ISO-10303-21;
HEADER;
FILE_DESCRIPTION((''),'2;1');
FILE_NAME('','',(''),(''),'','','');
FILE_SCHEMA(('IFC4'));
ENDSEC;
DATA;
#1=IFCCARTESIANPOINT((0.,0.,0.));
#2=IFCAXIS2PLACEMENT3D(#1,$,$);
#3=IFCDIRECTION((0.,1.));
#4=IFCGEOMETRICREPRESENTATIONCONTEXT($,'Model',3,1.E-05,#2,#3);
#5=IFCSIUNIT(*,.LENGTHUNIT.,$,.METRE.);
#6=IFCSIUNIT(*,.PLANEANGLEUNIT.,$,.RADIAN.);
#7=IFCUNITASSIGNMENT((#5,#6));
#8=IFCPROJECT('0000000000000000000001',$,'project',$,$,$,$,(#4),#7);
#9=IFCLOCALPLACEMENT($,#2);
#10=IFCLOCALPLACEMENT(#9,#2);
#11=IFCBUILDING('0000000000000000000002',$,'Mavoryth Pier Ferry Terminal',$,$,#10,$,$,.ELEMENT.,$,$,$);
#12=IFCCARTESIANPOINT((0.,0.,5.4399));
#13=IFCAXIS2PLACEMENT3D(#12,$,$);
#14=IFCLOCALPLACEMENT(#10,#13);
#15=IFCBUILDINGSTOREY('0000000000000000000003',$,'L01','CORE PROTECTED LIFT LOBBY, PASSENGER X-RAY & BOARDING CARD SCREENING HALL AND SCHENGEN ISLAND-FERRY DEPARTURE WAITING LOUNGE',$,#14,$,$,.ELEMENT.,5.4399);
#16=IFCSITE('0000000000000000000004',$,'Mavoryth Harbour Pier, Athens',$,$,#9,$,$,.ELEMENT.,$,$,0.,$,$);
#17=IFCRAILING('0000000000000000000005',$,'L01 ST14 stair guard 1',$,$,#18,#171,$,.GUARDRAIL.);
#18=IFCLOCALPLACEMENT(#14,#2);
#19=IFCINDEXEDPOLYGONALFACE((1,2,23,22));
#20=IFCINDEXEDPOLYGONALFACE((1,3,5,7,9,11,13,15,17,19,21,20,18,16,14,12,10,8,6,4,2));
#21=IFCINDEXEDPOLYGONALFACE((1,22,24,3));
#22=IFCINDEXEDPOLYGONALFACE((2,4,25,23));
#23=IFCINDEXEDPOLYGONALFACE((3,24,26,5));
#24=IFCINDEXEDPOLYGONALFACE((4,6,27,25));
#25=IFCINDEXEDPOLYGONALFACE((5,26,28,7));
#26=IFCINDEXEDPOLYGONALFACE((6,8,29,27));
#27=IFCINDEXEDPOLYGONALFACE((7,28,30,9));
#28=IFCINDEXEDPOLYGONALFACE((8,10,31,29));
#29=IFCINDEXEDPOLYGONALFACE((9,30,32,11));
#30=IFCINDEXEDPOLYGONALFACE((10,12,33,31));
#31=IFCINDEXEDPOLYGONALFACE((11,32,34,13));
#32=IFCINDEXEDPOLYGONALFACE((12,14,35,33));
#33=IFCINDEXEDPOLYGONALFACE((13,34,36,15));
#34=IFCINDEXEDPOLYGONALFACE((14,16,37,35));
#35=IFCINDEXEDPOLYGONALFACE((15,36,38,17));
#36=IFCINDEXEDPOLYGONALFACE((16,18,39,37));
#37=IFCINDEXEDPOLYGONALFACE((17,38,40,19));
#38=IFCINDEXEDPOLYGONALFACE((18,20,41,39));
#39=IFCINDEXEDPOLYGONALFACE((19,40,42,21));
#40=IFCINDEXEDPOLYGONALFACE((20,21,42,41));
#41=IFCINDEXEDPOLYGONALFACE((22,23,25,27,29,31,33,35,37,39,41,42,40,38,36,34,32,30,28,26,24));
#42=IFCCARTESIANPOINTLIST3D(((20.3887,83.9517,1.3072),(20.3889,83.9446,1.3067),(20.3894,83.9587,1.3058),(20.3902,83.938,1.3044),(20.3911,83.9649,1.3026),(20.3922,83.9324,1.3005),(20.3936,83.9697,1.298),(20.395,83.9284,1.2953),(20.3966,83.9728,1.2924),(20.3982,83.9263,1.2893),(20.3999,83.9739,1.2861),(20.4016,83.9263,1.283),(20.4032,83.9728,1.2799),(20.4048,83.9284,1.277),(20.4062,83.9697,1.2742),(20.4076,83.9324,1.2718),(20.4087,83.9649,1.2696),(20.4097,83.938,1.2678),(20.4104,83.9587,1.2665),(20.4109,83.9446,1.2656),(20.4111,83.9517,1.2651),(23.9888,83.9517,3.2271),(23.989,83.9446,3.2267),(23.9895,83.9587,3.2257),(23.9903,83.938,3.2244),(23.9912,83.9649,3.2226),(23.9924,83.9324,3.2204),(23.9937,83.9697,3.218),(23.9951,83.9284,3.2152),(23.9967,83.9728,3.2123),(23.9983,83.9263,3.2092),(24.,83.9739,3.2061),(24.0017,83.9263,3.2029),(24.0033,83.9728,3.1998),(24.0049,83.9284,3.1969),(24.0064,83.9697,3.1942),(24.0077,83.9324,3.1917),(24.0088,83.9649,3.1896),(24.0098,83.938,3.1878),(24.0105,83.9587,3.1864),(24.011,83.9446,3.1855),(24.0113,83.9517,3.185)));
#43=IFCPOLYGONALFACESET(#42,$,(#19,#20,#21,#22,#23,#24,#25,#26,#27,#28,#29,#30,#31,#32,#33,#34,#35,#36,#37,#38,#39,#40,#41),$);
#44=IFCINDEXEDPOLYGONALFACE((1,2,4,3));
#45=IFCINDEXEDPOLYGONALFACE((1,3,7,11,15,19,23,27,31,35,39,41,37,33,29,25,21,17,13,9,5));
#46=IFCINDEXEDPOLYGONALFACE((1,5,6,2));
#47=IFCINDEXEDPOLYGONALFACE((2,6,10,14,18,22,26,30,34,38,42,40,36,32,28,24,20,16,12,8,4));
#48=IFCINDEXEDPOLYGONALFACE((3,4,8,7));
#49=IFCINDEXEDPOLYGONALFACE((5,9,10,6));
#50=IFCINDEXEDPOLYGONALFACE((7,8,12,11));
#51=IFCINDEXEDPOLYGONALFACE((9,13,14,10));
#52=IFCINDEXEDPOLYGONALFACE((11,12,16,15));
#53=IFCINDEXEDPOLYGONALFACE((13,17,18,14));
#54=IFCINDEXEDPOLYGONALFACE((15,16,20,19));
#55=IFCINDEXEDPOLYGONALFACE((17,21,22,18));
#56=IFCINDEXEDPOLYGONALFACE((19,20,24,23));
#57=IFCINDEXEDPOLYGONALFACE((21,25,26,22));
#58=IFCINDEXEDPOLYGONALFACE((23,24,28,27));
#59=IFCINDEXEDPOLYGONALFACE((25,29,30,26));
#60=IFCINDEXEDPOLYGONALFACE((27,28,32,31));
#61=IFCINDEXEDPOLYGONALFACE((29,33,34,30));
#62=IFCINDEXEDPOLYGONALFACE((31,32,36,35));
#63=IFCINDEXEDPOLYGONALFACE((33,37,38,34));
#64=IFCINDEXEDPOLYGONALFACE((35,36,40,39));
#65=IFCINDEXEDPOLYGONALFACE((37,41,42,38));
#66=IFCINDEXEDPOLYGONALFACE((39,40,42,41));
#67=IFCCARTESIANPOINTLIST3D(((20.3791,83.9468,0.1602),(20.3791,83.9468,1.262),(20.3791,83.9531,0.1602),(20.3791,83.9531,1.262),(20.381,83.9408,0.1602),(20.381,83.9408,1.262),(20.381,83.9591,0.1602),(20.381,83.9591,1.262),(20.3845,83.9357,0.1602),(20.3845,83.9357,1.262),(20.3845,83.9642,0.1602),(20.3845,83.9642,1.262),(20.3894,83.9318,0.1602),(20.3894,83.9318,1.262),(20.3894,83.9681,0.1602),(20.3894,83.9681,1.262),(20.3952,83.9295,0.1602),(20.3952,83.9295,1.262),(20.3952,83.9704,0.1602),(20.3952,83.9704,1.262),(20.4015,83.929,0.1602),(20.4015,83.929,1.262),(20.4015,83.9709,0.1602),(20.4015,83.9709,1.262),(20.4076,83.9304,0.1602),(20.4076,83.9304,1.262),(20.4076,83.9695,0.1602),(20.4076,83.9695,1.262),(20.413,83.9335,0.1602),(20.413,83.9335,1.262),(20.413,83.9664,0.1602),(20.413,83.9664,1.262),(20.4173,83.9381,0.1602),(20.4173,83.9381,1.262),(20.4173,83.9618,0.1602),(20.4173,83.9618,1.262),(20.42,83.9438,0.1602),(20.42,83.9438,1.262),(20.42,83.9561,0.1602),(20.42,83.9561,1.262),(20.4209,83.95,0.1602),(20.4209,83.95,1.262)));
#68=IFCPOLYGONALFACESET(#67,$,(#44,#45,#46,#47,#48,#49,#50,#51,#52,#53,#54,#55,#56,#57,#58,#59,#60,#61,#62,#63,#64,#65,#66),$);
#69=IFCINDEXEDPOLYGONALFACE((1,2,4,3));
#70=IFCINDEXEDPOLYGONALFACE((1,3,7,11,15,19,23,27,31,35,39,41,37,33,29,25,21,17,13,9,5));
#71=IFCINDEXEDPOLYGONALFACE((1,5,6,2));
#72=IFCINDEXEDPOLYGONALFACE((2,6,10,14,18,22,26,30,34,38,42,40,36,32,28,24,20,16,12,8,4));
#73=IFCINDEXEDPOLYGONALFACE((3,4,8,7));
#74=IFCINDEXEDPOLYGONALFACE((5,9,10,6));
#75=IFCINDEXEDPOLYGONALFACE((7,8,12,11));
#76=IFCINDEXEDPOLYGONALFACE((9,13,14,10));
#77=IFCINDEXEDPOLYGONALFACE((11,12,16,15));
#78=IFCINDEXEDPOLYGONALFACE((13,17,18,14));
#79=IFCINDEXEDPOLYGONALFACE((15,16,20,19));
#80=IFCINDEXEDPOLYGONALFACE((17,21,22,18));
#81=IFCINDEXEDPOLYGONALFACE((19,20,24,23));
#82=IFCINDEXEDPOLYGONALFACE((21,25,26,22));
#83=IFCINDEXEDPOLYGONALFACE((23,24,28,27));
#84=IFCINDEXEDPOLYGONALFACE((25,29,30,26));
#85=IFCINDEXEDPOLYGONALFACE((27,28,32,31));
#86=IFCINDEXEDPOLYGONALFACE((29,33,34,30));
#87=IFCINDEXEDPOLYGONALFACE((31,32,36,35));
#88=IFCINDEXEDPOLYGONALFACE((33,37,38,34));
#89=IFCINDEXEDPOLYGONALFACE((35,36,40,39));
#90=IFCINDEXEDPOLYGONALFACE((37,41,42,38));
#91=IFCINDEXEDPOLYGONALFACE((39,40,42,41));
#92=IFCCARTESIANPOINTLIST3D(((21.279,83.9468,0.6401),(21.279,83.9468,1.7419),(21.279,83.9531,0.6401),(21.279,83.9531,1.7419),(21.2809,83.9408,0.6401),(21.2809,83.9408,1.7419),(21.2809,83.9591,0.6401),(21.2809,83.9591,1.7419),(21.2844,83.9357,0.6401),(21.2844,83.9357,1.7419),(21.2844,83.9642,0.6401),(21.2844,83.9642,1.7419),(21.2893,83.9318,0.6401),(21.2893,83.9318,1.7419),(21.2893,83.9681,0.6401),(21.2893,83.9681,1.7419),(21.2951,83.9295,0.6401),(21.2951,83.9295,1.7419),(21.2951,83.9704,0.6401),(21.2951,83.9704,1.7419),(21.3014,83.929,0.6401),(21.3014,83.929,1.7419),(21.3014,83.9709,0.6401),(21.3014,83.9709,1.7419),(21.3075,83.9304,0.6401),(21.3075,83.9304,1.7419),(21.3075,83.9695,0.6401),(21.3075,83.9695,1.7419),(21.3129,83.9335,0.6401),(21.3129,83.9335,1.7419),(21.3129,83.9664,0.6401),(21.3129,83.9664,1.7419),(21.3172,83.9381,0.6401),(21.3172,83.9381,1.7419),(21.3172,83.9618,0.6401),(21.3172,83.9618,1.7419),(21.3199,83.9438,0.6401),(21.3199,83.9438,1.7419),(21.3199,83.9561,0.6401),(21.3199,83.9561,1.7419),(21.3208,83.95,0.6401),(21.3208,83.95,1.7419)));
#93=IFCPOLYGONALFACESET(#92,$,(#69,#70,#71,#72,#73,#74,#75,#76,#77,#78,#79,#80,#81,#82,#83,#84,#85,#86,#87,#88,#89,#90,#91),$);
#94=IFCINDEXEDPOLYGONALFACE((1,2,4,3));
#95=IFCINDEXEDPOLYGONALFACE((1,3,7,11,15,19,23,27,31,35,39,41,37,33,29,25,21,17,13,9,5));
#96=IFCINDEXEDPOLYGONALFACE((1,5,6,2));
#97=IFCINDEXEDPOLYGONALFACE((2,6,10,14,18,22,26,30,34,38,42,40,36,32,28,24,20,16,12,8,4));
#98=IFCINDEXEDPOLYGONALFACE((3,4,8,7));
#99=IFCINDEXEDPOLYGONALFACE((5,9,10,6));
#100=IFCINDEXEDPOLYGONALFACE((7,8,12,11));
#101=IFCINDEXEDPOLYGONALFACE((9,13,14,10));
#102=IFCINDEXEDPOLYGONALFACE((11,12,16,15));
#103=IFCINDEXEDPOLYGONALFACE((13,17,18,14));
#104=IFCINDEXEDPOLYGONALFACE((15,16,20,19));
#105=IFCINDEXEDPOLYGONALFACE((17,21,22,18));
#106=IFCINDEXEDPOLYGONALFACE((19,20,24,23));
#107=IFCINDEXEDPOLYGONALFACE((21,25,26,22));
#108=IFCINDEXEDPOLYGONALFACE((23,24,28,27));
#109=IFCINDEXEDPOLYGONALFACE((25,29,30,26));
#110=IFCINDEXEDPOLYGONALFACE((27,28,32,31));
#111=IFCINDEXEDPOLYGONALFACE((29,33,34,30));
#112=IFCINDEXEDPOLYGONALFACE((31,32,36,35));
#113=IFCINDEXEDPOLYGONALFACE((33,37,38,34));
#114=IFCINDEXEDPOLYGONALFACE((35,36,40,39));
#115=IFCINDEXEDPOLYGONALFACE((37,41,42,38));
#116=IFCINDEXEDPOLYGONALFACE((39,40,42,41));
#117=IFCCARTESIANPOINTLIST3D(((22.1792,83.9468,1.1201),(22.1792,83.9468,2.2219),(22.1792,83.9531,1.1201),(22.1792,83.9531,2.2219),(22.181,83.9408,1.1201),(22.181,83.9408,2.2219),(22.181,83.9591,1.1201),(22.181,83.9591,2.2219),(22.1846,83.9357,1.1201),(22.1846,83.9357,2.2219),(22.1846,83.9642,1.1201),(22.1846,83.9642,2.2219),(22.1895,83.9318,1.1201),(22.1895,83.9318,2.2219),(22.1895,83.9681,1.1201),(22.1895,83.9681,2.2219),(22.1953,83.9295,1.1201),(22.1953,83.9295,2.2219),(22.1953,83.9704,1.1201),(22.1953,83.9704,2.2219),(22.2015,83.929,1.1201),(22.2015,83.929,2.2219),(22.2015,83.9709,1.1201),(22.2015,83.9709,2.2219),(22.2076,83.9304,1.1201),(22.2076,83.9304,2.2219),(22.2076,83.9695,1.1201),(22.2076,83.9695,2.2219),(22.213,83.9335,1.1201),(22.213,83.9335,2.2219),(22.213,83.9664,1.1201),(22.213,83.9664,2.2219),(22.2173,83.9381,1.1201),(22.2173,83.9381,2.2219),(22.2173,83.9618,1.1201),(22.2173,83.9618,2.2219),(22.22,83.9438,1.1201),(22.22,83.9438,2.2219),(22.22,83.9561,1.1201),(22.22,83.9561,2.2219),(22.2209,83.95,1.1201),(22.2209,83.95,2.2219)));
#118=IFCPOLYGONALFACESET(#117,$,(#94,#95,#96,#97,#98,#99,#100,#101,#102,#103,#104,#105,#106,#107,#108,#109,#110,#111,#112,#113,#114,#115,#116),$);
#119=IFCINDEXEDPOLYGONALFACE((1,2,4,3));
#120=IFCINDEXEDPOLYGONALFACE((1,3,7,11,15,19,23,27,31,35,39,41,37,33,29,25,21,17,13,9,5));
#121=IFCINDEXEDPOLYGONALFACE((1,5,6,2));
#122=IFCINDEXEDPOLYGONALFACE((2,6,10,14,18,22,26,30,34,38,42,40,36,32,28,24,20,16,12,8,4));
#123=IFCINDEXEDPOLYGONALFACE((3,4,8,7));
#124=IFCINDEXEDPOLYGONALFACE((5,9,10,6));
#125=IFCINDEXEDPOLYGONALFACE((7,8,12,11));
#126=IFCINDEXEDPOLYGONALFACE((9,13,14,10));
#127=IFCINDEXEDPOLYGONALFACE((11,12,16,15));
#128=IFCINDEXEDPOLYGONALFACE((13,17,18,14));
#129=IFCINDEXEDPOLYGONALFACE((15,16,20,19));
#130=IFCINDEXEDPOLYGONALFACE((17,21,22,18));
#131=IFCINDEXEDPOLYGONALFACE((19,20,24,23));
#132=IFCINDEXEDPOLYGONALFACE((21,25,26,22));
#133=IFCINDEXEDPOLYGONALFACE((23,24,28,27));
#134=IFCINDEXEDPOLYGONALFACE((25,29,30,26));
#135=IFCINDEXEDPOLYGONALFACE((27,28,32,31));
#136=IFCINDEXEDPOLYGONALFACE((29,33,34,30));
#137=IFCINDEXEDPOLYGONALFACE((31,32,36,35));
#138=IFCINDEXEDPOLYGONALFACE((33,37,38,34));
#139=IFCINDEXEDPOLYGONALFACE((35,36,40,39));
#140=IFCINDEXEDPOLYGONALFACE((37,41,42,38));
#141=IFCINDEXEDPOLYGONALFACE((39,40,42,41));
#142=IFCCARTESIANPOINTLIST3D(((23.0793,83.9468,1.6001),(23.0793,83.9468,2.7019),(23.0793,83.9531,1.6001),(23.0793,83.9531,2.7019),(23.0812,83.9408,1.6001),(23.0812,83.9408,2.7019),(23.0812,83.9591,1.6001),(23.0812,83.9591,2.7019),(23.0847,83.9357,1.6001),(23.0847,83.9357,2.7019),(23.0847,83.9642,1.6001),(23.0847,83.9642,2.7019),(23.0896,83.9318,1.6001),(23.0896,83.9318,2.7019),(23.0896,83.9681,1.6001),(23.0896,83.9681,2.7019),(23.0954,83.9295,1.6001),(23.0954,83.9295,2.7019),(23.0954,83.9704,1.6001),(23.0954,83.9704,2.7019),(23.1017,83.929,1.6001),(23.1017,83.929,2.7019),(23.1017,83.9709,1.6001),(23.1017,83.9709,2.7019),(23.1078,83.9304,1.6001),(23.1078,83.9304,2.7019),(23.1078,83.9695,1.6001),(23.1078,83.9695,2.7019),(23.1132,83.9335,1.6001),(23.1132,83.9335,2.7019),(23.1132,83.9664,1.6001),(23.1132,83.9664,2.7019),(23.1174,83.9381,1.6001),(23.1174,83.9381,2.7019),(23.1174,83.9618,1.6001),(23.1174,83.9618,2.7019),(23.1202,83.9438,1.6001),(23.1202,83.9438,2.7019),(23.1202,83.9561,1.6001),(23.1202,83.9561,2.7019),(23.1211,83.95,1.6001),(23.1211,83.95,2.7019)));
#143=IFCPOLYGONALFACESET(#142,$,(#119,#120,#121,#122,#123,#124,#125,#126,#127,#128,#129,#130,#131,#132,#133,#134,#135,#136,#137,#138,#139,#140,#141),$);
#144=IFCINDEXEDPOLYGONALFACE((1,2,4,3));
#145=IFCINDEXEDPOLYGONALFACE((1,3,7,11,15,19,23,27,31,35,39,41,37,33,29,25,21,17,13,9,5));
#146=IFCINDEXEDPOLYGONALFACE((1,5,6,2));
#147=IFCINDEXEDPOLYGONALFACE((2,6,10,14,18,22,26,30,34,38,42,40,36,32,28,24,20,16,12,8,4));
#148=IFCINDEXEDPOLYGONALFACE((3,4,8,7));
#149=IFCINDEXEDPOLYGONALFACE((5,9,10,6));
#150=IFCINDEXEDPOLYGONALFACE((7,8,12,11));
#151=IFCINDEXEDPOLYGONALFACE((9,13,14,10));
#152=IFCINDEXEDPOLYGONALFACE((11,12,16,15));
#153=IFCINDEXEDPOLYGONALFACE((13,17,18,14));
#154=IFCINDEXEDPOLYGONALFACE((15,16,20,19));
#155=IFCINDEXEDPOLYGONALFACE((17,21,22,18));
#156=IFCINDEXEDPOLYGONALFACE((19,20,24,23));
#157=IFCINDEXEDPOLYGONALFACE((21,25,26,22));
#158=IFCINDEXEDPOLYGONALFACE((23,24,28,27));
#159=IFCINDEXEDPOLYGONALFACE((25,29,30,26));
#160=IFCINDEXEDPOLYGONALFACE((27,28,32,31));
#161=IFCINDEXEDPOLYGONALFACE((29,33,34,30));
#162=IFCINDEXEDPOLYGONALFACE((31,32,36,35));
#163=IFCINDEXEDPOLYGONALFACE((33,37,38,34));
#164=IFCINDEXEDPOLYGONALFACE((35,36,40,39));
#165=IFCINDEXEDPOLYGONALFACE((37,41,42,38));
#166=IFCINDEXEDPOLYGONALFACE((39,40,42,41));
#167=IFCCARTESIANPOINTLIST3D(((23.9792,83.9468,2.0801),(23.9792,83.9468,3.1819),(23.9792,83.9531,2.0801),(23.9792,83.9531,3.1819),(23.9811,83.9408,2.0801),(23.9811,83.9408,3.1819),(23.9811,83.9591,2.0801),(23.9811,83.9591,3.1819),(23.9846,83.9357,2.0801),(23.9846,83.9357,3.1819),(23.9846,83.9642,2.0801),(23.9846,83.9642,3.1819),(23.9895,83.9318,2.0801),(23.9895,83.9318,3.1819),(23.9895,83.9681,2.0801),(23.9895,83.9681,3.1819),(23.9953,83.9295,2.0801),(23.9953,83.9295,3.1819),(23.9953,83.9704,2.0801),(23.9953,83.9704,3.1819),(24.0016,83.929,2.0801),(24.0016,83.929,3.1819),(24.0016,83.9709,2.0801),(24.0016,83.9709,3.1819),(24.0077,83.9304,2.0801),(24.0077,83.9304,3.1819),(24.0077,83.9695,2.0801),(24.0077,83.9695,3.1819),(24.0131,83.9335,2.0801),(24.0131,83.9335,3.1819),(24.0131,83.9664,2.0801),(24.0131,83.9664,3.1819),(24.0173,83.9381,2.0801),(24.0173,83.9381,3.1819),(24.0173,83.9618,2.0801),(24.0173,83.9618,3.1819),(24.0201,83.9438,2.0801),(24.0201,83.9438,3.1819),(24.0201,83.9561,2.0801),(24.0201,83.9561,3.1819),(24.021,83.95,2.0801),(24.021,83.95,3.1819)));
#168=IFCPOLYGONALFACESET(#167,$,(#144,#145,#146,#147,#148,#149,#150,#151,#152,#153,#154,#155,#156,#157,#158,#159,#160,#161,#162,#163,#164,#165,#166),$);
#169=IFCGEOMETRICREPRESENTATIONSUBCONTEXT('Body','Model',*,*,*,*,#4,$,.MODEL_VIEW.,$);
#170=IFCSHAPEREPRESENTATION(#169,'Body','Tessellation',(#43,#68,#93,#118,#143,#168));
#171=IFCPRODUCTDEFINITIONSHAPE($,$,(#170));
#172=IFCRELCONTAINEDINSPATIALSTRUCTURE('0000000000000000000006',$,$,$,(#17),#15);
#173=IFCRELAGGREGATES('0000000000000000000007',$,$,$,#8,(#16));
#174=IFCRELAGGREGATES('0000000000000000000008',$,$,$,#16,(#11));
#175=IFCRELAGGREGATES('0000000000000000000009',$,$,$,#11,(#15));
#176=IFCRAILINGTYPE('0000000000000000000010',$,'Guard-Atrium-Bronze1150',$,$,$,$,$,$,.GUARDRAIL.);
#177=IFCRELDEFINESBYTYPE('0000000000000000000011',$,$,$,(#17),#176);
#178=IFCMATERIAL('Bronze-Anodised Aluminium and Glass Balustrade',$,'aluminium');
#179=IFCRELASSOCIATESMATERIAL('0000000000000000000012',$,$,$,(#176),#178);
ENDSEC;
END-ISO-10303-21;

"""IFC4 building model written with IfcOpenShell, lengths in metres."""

from ifc_helpers import new_model, si_unit, direction, frame, origin, origin_2d, place, context, subcontext, project, spatial, circle, extrude, material, type_object, element, save


model = new_model("IFC4")

# Units and contexts
model_context = context("Model", 3, precision=1e-05, world=origin(), true_north=direction((0.0, 1.0)))
body_context = subcontext(model_context, "Body", "Model", "MODEL_VIEW")
ifc_project = project(units=[si_unit("LENGTHUNIT", "METRE"), si_unit("PLANEANGLEUNIT", "RADIAN")], contexts=[model_context])

# Site, building, storey
site_placement = place(None, origin())
site = spatial("IfcSite", under=ifc_project, at=site_placement, Name="Mavoryth Harbour Pier, Athens", CompositionType="ELEMENT", RefElevation=0.0)
building_placement = place(site_placement, origin())
building = spatial("IfcBuilding", under=site, at=building_placement, Name="Mavoryth Pier Ferry Terminal", CompositionType="ELEMENT")
storey_placement = place(building_placement, frame((0.0, 0.0, 5.4399)))
storey = spatial("IfcBuildingStorey", under=building, at=storey_placement, Name="L01", Description="CORE PROTECTED LIFT LOBBY, PASSENGER X-RAY & BOARDING CARD SCREENING HALL AND SCHENGEN ISLAND-FERRY DEPARTURE WAITING LOUNGE", CompositionType="ELEMENT", Elevation=5.4399)

# Railing
ifc_material_1 = material(Name="Bronze-Anodised Aluminium and Glass Balustrade", Category="aluminium")
railing_type_1 = type_object("IfcRailingType", Name="Guard-Atrium-Bronze1150", PredefinedType="GUARDRAIL", material=ifc_material_1)
railing_1_placement = place(storey_placement, frame((20.3999, 83.95, 0.1602)))
element("IfcRailing", 1, at=railing_1_placement, inside=storey, type_object=railing_type_1, Name="L01 ST14 stair guard 1", PredefinedType="GUARDRAIL", context=body_context, shape_type="SweptSolid", body=[
    extrude(circle(Radius=0.0239, at=origin_2d()), frame((0.0, 0.0, 1.126), z_axis=(0.882366, 0.0, 0.470563), x_axis=(0.0, 1.0, 0.0)), (0.0, 0.0, 1.0), 4.0801),
    extrude(circle(Radius=0.021, at=origin_2d()), origin(), (0.0, 0.0, 1.0), 1.1018),
    extrude(circle(Radius=0.021, at=origin_2d()), frame((0.8999, 0.0, 0.48)), (0.0, 0.0, 1.0), 1.1018),
    extrude(circle(Radius=0.021, at=origin_2d()), frame((1.8, 0.0, 0.96)), (0.0, 0.0, 1.0), 1.1018),
    extrude(circle(Radius=0.021, at=origin_2d()), frame((2.7002, 0.0, 1.4399)), (0.0, 0.0, 1.0), 1.1018),
    extrude(circle(Radius=0.021, at=origin_2d()), frame((3.6001, 0.0, 1.9199)), (0.0, 0.0, 1.0), 1.1018),
])

save(model, "model.ifc")
